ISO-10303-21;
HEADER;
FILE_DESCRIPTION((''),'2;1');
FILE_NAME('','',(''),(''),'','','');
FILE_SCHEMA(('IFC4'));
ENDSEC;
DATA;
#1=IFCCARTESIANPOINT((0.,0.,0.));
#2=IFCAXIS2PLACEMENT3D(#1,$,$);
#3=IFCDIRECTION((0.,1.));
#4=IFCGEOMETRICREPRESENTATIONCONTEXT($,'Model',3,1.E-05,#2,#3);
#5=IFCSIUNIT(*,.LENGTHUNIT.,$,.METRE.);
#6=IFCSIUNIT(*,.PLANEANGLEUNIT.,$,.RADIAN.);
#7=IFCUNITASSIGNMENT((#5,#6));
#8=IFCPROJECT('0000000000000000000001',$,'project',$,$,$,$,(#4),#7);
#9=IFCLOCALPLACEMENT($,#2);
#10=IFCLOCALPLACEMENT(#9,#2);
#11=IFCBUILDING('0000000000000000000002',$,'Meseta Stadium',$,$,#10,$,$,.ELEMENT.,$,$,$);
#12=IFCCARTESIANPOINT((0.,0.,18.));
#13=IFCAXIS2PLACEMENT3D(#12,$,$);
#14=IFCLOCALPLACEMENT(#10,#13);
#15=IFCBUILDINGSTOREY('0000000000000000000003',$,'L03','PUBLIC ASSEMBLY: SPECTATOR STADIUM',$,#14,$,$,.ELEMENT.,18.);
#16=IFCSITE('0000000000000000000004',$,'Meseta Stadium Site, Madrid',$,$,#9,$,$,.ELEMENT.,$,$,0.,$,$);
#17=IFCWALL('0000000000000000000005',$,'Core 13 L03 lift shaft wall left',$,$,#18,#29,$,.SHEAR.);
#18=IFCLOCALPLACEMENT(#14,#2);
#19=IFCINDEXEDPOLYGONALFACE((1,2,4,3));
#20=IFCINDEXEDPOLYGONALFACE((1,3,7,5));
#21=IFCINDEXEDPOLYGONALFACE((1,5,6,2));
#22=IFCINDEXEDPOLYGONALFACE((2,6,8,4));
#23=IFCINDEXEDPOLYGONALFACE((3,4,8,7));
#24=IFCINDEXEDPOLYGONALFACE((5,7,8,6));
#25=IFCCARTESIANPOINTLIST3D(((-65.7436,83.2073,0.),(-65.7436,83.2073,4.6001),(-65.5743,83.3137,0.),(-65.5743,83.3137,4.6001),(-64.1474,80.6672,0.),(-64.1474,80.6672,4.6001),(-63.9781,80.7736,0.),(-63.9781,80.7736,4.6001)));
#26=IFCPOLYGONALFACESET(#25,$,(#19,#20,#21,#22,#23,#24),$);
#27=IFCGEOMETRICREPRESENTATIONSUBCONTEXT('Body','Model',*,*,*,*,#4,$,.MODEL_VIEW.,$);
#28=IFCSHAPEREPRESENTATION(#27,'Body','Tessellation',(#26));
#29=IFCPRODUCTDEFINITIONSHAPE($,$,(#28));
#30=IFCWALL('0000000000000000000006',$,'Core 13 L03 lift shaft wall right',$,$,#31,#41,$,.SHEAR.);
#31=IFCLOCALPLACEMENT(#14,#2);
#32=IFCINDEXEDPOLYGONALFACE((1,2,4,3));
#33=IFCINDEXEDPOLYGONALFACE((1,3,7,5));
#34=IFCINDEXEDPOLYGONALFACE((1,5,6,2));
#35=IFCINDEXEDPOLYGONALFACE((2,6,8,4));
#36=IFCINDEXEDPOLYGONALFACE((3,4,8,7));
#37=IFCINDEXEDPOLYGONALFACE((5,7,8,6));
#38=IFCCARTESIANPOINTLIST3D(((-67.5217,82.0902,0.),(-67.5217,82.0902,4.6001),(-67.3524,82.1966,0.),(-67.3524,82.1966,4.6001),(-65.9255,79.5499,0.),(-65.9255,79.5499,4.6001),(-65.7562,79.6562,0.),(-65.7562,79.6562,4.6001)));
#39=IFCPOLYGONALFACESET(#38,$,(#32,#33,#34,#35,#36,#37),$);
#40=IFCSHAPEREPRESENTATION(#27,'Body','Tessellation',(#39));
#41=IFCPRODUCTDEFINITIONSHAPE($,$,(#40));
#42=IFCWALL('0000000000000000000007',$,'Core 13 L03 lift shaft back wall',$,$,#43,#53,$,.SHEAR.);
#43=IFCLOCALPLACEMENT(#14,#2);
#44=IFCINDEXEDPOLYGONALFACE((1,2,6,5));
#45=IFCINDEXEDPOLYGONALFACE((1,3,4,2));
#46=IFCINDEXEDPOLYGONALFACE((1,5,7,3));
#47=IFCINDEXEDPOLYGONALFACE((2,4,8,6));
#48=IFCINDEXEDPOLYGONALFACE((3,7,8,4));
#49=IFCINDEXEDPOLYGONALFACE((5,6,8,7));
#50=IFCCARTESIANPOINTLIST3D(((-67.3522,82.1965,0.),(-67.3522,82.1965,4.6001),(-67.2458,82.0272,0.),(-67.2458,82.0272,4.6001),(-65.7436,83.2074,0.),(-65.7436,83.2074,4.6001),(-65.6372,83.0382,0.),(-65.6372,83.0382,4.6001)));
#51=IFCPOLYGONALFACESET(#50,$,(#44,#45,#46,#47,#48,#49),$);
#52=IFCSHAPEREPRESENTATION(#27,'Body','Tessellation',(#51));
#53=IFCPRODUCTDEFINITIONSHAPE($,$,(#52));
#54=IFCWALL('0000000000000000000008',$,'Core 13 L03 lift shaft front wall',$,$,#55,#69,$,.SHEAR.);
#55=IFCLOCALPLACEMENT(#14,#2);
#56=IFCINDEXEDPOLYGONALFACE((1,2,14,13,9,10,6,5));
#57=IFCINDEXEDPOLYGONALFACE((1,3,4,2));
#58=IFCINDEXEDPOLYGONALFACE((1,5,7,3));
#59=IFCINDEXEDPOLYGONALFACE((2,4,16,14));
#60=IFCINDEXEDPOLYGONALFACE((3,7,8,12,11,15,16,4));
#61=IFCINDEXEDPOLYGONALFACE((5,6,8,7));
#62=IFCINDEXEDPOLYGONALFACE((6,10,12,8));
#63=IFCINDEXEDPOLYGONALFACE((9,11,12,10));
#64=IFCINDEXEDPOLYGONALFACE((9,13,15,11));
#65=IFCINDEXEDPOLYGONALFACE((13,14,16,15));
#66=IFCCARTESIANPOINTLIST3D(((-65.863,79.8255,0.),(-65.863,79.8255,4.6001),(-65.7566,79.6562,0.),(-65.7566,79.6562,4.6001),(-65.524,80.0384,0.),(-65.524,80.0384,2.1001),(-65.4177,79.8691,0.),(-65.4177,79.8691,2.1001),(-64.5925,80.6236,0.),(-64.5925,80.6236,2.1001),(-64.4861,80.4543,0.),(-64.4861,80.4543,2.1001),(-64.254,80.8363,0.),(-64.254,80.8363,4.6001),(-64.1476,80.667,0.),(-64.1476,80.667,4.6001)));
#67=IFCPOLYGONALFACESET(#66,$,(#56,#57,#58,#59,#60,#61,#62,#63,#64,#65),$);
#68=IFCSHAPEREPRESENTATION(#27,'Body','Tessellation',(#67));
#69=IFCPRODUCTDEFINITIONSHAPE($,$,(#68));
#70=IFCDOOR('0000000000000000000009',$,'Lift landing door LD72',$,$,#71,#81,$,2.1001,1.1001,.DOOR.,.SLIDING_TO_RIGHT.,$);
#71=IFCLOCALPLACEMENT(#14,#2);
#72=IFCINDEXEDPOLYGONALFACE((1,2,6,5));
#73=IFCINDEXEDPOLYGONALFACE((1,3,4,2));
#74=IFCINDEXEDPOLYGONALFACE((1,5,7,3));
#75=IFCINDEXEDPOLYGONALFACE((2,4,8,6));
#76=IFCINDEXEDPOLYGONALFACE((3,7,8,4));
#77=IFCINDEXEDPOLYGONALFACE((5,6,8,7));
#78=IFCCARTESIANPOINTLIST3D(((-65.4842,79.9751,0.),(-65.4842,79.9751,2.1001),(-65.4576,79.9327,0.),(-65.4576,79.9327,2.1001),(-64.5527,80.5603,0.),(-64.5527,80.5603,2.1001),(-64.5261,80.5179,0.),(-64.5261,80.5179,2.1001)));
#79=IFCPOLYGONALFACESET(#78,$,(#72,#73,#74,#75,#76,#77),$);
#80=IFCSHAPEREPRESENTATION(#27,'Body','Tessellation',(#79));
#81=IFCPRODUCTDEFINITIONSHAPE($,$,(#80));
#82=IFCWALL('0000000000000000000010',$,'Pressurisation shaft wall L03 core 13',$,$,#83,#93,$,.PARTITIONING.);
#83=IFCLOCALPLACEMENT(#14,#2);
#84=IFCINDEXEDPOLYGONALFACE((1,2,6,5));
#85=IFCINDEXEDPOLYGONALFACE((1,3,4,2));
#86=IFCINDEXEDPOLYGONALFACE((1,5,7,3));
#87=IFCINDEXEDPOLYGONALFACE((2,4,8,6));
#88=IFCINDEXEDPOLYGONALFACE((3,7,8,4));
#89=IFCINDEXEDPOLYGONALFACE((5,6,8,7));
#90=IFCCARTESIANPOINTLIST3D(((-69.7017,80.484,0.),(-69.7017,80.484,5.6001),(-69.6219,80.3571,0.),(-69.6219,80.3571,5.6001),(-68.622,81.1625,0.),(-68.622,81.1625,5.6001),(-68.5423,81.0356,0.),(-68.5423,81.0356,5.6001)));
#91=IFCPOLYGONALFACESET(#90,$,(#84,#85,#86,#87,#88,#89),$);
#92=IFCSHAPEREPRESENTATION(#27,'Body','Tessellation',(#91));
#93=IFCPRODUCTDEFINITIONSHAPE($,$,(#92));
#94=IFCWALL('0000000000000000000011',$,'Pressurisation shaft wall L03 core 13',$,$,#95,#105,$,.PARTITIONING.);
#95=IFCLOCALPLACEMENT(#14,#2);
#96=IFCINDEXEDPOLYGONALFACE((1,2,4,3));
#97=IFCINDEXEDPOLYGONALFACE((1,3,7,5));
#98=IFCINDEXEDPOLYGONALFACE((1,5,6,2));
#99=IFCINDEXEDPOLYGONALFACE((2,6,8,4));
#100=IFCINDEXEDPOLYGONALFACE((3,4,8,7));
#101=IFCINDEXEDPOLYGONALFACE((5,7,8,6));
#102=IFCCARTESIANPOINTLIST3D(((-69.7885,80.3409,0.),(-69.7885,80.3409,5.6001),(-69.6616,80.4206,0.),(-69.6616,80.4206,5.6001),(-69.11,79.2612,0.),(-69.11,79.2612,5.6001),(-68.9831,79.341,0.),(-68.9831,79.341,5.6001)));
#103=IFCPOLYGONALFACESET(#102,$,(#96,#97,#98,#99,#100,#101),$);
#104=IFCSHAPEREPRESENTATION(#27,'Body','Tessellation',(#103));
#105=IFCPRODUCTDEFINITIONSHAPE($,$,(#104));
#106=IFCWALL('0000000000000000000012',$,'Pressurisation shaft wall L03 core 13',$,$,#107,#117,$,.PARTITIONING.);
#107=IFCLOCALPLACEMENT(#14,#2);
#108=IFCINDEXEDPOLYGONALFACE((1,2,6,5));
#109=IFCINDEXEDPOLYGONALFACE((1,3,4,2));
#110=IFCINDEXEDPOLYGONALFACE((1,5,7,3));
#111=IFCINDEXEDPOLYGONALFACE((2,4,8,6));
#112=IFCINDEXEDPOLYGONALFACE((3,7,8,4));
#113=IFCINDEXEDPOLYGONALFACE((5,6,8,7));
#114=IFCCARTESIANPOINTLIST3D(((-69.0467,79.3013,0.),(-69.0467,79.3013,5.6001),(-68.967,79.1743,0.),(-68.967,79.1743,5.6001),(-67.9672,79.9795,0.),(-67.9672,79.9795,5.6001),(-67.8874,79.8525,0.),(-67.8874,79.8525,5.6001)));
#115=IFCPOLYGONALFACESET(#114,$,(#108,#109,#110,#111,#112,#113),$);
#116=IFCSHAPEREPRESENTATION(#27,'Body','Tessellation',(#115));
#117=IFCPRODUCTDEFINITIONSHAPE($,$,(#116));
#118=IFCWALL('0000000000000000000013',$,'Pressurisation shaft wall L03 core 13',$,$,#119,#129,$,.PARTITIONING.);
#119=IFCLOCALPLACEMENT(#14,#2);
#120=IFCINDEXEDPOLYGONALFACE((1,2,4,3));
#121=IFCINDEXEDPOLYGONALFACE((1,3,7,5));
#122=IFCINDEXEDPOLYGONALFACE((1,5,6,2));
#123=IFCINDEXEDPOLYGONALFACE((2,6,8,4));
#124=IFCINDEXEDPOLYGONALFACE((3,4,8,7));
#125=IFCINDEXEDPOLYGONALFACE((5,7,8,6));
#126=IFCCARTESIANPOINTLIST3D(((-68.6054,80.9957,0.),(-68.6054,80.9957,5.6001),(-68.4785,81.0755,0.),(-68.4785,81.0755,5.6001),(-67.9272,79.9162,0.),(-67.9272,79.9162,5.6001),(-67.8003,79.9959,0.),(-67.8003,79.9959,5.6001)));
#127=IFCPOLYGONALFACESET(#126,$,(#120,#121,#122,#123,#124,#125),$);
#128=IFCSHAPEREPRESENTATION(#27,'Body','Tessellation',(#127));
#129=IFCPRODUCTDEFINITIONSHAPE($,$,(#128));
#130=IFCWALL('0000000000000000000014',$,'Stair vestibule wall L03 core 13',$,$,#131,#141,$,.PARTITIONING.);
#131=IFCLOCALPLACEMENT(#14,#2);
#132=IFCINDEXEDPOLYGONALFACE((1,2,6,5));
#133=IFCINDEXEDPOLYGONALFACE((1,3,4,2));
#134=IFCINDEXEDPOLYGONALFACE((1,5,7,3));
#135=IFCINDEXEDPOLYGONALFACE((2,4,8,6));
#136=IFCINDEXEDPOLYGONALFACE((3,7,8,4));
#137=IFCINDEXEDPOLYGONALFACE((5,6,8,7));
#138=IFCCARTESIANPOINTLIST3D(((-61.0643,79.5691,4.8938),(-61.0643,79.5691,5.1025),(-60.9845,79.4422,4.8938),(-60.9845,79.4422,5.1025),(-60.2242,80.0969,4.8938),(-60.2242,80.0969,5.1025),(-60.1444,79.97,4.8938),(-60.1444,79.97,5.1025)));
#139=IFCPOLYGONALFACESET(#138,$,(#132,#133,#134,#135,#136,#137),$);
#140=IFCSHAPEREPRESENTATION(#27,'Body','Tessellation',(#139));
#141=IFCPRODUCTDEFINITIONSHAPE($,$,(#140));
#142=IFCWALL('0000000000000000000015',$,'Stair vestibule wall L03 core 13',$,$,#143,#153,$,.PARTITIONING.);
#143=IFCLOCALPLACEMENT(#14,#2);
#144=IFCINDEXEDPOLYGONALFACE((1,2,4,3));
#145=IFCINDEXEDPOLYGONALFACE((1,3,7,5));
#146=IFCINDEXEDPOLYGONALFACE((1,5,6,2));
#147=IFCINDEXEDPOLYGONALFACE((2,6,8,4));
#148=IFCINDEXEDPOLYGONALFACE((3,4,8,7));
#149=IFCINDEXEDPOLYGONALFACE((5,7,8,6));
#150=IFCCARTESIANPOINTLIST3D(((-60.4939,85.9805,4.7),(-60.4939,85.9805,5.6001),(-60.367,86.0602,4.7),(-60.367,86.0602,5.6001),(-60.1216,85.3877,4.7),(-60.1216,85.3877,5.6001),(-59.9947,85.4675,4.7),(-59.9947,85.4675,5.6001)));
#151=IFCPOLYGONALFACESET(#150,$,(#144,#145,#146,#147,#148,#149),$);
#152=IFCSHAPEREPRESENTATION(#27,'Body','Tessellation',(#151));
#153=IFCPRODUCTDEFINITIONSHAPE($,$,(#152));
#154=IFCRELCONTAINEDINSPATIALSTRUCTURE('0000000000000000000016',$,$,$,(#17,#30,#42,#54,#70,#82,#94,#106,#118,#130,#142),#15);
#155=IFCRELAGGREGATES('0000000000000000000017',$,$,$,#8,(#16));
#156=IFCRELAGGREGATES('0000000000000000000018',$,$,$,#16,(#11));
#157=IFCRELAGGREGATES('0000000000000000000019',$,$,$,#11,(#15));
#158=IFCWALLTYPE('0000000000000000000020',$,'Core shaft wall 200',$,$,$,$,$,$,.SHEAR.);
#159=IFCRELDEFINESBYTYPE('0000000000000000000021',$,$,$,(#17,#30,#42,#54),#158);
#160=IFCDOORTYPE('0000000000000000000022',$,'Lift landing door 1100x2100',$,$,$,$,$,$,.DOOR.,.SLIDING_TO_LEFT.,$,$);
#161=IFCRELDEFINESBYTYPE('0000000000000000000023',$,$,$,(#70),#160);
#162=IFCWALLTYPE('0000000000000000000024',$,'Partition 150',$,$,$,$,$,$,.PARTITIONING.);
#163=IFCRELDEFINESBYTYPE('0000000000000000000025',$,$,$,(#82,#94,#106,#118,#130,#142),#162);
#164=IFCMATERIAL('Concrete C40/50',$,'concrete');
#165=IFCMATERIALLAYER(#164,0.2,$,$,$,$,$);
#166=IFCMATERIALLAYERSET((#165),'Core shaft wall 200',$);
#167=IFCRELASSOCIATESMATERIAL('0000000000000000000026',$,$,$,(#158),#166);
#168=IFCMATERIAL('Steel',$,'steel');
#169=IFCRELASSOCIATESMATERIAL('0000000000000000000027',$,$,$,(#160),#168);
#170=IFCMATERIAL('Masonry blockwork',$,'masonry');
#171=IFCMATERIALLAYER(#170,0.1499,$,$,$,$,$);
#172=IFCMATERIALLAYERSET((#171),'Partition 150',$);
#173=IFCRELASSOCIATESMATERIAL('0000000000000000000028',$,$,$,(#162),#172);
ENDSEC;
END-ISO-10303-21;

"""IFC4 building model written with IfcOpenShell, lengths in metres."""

from ifc_helpers import new_model, si_unit, direction, frame, frame_2d, origin, place, context, subcontext, project, spatial, rectangle, extrude, material, layer, layer_set, type_object, element, fill, save


model = new_model("IFC4")

# Units and contexts
model_context = context("Model", 3, precision=1e-05, world=origin(), true_north=direction((0.0, 1.0)))
body_context = subcontext(model_context, "Body", "Model", "MODEL_VIEW")
ifc_project = project(units=[si_unit("LENGTHUNIT", "METRE"), si_unit("PLANEANGLEUNIT", "RADIAN")], contexts=[model_context])

# Site, building, storey
site_placement = place(None, origin())
site = spatial("IfcSite", under=ifc_project, at=site_placement, Name="Meseta Stadium Site, Madrid", CompositionType="ELEMENT", RefElevation=0.0)
building_placement = place(site_placement, origin())
building = spatial("IfcBuilding", under=site, at=building_placement, Name="Meseta Stadium", CompositionType="ELEMENT")
storey_placement = place(building_placement, frame((0.0, 0.0, 18.0)))
storey = spatial("IfcBuildingStorey", under=building, at=storey_placement, Name="L03", Description="PUBLIC ASSEMBLY: SPECTATOR STADIUM", CompositionType="ELEMENT", Elevation=18.0)

# Shared definitions
ifc_material_1 = material(Name="Concrete C40/50", Category="concrete")
ifc_layer_1 = layer(ifc_material_1, 0.2)
ifc_layer_set_1 = layer_set([ifc_layer_1], Name="Core shaft wall 200")
wall_type_1 = type_object("IfcWallType", Name="Core shaft wall 200", PredefinedType="SHEAR", material=ifc_layer_set_1)

# Walls
wall_1_placement = place(storey_placement, frame((-65.6589, 83.2605, 0.0), z_axis=(0.0, 0.0, 1.0), x_axis=(0.532075, -0.846697, 0.0)))
element("IfcWall", 1, at=wall_1_placement, inside=storey, type_object=wall_type_1, Name="Core 13 L03 lift shaft wall left", PredefinedType="SHEAR", context=body_context, shape_type="SweptSolid", body=[
    extrude(rectangle(XDim=3.0, YDim=0.2, at=frame_2d((1.5, 0.0))), origin(), (0.0, 0.0, 1.0), 4.6001),
])
wall_2_placement = place(storey_placement, frame((-67.437, 82.1433, 0.0), z_axis=(0.0, 0.0, 1.0), x_axis=(0.532038, -0.84672, 0.0)))
element("IfcWall", 2, at=wall_2_placement, inside=storey, type_object=wall_type_1, Name="Core 13 L03 lift shaft wall right", PredefinedType="SHEAR", context=body_context, shape_type="SweptSolid", body=[
    extrude(rectangle(XDim=3.0002, YDim=0.2, at=frame_2d((1.5, 0.0))), origin(), (0.0, 0.0, 1.0), 4.6001),
])
wall_3_placement = place(storey_placement, frame((-65.6904, 83.1228, 0.0), z_axis=(0.0, 0.0, 1.0), x_axis=(-0.846675, -0.532111, 0.0)))
element("IfcWall", 3, at=wall_3_placement, inside=storey, type_object=wall_type_1, Name="Core 13 L03 lift shaft back wall", PredefinedType="SHEAR", context=body_context, shape_type="SweptSolid", body=[
    extrude(rectangle(XDim=1.8999, YDim=0.2, at=frame_2d((0.95, 0.0))), origin(), (0.0, 0.0, 1.0), 4.6001),
])

# Wall, opening, door
wall_4_placement = place(storey_placement, frame((-64.2007, 80.7517, 0.0), z_axis=(0.0, 0.0, 1.0), x_axis=(-0.846769, -0.531961, 0.0)))
wall_4 = element("IfcWall", 4, at=wall_4_placement, inside=storey, type_object=wall_type_1, Name="Core 13 L03 lift shaft front wall", PredefinedType="SHEAR", context=body_context, shape_type="SweptSolid", body=[
    extrude(rectangle(XDim=1.9001, YDim=0.2, at=frame_2d((0.9502, 0.0))), origin(), (0.0, 0.0, 1.0), 4.6001),
])
opening_1_placement = place(wall_4_placement, frame((0.3999, 0.0, 0.0)))
opening_1 = element("IfcOpeningElement", 5, at=opening_1_placement, cuts=wall_4, PredefinedType="OPENING", context=body_context, shape_type="SweptSolid", body=[
    extrude(rectangle(XDim=1.1001, YDim=2.1001, at=frame_2d((0.55, 1.05))), frame((0.0, 0.1099, 0.0), z_axis=(0.0, -1.0, 0.0), x_axis=(1.0, 0.0, 0.0)), (0.0, 0.0, 1.0), 0.22),
])
ifc_material_2 = material(Name="Steel", Category="steel")
door_type_1 = type_object("IfcDoorType", Name="Lift landing door 1100x2100", OperationType="SLIDING_TO_LEFT", PredefinedType="DOOR", material=ifc_material_2)
door_1_placement = place(opening_1_placement, origin())
door_1 = element("IfcDoor", 6, at=door_1_placement, inside=storey, type_object=door_type_1, Name="Lift landing door LD72", OperationType="SLIDING_TO_RIGHT", OverallHeight=2.1001, OverallWidth=1.1001, PredefinedType="DOOR", context=body_context, shape_type="SweptSolid", body=[
    extrude(rectangle(XDim=1.1001, YDim=2.1001, at=frame_2d((0.55, 1.05))), frame((0.0, 0.0249, 0.0), z_axis=(0.0, -1.0, 0.0), x_axis=(1.0, 0.0, 0.0)), (0.0, 0.0, 1.0), 0.05),
])
fill(opening_1, door_1)

# Walls
ifc_material_3 = material(Name="Masonry blockwork", Category="masonry")
ifc_layer_2 = layer(ifc_material_3, 0.1499)
ifc_layer_set_2 = layer_set([ifc_layer_2], Name="Partition 150")
wall_type_2 = type_object("IfcWallType", Name="Partition 150", PredefinedType="PARTITIONING", material=ifc_layer_set_2)
for number, where, z_axis, x_axis, name in (
    (7, (-68.582, 81.0991, 0.0), (0.0, 0.0, 1.0), (-0.846683, -0.532097, 0.0), "Pressurisation shaft wall L03 core 13"),
    (8, (-69.7251, 80.3809, 0.0), (0.0, 0.0, 1.0), (0.532097, -0.846683, 0.0), "Pressurisation shaft wall L03 core 13"),
):
    element("IfcWall", number, at=place(storey_placement, frame(where, z_axis=z_axis, x_axis=x_axis)), inside=storey, type_object=wall_type_2, Name=name, PredefinedType="PARTITIONING", context=body_context, shape_type="SweptSolid", body=[
        extrude(rectangle(XDim=1.2751, YDim=0.1499, at=frame_2d((0.6377, 0.0))), origin(), (0.0, 0.0, 1.0), 5.6001),
    ])
for number, where, z_axis, x_axis, name in (
    (9, (-69.0068, 79.2378, 0.0), (0.0, 0.0, 1.0), (0.84677, 0.53196, 0.0), "Pressurisation shaft wall L03 core 13"),
    (10, (-67.8638, 79.9561, 0.0), (0.0, 0.0, 1.0), (-0.53196, 0.84677, 0.0), "Pressurisation shaft wall L03 core 13"),
):
    element("IfcWall", number, at=place(storey_placement, frame(where, z_axis=z_axis, x_axis=x_axis)), inside=storey, type_object=wall_type_2, Name=name, PredefinedType="PARTITIONING", context=body_context, shape_type="SweptSolid", body=[
        extrude(rectangle(XDim=1.2749, YDim=0.1499, at=frame_2d((0.6375, 0.0))), origin(), (0.0, 0.0, 1.0), 5.6001),
    ])
wall_5_placement = place(storey_placement, frame((-61.0244, 79.5056, 4.8938), z_axis=(0.0, 0.0, 1.0), x_axis=(0.846738, 0.53201, 0.0)))
element("IfcWall", 11, at=wall_5_placement, inside=storey, type_object=wall_type_2, Name="Stair vestibule wall L03 core 13", PredefinedType="PARTITIONING", context=body_context, shape_type="SweptSolid", body=[
    extrude(rectangle(XDim=0.9922, YDim=0.1499, at=frame_2d((0.4961, 0.0))), origin(), (0.0, 0.0, 1.0), 0.2087),
])
wall_6_placement = place(storey_placement, frame((-60.0581, 85.4275, 4.7), z_axis=(0.0, 0.0, 1.0), x_axis=(-0.531879, 0.846821, 0.0)))
element("IfcWall", 12, at=wall_6_placement, inside=storey, type_object=wall_type_2, Name="Stair vestibule wall L03 core 13", PredefinedType="PARTITIONING", context=body_context, shape_type="SweptSolid", body=[
    extrude(rectangle(XDim=0.7, YDim=0.1499, at=frame_2d((0.3501, 0.0))), origin(), (0.0, 0.0, 1.0), 0.9001),
])

save(model, "model.ifc")
